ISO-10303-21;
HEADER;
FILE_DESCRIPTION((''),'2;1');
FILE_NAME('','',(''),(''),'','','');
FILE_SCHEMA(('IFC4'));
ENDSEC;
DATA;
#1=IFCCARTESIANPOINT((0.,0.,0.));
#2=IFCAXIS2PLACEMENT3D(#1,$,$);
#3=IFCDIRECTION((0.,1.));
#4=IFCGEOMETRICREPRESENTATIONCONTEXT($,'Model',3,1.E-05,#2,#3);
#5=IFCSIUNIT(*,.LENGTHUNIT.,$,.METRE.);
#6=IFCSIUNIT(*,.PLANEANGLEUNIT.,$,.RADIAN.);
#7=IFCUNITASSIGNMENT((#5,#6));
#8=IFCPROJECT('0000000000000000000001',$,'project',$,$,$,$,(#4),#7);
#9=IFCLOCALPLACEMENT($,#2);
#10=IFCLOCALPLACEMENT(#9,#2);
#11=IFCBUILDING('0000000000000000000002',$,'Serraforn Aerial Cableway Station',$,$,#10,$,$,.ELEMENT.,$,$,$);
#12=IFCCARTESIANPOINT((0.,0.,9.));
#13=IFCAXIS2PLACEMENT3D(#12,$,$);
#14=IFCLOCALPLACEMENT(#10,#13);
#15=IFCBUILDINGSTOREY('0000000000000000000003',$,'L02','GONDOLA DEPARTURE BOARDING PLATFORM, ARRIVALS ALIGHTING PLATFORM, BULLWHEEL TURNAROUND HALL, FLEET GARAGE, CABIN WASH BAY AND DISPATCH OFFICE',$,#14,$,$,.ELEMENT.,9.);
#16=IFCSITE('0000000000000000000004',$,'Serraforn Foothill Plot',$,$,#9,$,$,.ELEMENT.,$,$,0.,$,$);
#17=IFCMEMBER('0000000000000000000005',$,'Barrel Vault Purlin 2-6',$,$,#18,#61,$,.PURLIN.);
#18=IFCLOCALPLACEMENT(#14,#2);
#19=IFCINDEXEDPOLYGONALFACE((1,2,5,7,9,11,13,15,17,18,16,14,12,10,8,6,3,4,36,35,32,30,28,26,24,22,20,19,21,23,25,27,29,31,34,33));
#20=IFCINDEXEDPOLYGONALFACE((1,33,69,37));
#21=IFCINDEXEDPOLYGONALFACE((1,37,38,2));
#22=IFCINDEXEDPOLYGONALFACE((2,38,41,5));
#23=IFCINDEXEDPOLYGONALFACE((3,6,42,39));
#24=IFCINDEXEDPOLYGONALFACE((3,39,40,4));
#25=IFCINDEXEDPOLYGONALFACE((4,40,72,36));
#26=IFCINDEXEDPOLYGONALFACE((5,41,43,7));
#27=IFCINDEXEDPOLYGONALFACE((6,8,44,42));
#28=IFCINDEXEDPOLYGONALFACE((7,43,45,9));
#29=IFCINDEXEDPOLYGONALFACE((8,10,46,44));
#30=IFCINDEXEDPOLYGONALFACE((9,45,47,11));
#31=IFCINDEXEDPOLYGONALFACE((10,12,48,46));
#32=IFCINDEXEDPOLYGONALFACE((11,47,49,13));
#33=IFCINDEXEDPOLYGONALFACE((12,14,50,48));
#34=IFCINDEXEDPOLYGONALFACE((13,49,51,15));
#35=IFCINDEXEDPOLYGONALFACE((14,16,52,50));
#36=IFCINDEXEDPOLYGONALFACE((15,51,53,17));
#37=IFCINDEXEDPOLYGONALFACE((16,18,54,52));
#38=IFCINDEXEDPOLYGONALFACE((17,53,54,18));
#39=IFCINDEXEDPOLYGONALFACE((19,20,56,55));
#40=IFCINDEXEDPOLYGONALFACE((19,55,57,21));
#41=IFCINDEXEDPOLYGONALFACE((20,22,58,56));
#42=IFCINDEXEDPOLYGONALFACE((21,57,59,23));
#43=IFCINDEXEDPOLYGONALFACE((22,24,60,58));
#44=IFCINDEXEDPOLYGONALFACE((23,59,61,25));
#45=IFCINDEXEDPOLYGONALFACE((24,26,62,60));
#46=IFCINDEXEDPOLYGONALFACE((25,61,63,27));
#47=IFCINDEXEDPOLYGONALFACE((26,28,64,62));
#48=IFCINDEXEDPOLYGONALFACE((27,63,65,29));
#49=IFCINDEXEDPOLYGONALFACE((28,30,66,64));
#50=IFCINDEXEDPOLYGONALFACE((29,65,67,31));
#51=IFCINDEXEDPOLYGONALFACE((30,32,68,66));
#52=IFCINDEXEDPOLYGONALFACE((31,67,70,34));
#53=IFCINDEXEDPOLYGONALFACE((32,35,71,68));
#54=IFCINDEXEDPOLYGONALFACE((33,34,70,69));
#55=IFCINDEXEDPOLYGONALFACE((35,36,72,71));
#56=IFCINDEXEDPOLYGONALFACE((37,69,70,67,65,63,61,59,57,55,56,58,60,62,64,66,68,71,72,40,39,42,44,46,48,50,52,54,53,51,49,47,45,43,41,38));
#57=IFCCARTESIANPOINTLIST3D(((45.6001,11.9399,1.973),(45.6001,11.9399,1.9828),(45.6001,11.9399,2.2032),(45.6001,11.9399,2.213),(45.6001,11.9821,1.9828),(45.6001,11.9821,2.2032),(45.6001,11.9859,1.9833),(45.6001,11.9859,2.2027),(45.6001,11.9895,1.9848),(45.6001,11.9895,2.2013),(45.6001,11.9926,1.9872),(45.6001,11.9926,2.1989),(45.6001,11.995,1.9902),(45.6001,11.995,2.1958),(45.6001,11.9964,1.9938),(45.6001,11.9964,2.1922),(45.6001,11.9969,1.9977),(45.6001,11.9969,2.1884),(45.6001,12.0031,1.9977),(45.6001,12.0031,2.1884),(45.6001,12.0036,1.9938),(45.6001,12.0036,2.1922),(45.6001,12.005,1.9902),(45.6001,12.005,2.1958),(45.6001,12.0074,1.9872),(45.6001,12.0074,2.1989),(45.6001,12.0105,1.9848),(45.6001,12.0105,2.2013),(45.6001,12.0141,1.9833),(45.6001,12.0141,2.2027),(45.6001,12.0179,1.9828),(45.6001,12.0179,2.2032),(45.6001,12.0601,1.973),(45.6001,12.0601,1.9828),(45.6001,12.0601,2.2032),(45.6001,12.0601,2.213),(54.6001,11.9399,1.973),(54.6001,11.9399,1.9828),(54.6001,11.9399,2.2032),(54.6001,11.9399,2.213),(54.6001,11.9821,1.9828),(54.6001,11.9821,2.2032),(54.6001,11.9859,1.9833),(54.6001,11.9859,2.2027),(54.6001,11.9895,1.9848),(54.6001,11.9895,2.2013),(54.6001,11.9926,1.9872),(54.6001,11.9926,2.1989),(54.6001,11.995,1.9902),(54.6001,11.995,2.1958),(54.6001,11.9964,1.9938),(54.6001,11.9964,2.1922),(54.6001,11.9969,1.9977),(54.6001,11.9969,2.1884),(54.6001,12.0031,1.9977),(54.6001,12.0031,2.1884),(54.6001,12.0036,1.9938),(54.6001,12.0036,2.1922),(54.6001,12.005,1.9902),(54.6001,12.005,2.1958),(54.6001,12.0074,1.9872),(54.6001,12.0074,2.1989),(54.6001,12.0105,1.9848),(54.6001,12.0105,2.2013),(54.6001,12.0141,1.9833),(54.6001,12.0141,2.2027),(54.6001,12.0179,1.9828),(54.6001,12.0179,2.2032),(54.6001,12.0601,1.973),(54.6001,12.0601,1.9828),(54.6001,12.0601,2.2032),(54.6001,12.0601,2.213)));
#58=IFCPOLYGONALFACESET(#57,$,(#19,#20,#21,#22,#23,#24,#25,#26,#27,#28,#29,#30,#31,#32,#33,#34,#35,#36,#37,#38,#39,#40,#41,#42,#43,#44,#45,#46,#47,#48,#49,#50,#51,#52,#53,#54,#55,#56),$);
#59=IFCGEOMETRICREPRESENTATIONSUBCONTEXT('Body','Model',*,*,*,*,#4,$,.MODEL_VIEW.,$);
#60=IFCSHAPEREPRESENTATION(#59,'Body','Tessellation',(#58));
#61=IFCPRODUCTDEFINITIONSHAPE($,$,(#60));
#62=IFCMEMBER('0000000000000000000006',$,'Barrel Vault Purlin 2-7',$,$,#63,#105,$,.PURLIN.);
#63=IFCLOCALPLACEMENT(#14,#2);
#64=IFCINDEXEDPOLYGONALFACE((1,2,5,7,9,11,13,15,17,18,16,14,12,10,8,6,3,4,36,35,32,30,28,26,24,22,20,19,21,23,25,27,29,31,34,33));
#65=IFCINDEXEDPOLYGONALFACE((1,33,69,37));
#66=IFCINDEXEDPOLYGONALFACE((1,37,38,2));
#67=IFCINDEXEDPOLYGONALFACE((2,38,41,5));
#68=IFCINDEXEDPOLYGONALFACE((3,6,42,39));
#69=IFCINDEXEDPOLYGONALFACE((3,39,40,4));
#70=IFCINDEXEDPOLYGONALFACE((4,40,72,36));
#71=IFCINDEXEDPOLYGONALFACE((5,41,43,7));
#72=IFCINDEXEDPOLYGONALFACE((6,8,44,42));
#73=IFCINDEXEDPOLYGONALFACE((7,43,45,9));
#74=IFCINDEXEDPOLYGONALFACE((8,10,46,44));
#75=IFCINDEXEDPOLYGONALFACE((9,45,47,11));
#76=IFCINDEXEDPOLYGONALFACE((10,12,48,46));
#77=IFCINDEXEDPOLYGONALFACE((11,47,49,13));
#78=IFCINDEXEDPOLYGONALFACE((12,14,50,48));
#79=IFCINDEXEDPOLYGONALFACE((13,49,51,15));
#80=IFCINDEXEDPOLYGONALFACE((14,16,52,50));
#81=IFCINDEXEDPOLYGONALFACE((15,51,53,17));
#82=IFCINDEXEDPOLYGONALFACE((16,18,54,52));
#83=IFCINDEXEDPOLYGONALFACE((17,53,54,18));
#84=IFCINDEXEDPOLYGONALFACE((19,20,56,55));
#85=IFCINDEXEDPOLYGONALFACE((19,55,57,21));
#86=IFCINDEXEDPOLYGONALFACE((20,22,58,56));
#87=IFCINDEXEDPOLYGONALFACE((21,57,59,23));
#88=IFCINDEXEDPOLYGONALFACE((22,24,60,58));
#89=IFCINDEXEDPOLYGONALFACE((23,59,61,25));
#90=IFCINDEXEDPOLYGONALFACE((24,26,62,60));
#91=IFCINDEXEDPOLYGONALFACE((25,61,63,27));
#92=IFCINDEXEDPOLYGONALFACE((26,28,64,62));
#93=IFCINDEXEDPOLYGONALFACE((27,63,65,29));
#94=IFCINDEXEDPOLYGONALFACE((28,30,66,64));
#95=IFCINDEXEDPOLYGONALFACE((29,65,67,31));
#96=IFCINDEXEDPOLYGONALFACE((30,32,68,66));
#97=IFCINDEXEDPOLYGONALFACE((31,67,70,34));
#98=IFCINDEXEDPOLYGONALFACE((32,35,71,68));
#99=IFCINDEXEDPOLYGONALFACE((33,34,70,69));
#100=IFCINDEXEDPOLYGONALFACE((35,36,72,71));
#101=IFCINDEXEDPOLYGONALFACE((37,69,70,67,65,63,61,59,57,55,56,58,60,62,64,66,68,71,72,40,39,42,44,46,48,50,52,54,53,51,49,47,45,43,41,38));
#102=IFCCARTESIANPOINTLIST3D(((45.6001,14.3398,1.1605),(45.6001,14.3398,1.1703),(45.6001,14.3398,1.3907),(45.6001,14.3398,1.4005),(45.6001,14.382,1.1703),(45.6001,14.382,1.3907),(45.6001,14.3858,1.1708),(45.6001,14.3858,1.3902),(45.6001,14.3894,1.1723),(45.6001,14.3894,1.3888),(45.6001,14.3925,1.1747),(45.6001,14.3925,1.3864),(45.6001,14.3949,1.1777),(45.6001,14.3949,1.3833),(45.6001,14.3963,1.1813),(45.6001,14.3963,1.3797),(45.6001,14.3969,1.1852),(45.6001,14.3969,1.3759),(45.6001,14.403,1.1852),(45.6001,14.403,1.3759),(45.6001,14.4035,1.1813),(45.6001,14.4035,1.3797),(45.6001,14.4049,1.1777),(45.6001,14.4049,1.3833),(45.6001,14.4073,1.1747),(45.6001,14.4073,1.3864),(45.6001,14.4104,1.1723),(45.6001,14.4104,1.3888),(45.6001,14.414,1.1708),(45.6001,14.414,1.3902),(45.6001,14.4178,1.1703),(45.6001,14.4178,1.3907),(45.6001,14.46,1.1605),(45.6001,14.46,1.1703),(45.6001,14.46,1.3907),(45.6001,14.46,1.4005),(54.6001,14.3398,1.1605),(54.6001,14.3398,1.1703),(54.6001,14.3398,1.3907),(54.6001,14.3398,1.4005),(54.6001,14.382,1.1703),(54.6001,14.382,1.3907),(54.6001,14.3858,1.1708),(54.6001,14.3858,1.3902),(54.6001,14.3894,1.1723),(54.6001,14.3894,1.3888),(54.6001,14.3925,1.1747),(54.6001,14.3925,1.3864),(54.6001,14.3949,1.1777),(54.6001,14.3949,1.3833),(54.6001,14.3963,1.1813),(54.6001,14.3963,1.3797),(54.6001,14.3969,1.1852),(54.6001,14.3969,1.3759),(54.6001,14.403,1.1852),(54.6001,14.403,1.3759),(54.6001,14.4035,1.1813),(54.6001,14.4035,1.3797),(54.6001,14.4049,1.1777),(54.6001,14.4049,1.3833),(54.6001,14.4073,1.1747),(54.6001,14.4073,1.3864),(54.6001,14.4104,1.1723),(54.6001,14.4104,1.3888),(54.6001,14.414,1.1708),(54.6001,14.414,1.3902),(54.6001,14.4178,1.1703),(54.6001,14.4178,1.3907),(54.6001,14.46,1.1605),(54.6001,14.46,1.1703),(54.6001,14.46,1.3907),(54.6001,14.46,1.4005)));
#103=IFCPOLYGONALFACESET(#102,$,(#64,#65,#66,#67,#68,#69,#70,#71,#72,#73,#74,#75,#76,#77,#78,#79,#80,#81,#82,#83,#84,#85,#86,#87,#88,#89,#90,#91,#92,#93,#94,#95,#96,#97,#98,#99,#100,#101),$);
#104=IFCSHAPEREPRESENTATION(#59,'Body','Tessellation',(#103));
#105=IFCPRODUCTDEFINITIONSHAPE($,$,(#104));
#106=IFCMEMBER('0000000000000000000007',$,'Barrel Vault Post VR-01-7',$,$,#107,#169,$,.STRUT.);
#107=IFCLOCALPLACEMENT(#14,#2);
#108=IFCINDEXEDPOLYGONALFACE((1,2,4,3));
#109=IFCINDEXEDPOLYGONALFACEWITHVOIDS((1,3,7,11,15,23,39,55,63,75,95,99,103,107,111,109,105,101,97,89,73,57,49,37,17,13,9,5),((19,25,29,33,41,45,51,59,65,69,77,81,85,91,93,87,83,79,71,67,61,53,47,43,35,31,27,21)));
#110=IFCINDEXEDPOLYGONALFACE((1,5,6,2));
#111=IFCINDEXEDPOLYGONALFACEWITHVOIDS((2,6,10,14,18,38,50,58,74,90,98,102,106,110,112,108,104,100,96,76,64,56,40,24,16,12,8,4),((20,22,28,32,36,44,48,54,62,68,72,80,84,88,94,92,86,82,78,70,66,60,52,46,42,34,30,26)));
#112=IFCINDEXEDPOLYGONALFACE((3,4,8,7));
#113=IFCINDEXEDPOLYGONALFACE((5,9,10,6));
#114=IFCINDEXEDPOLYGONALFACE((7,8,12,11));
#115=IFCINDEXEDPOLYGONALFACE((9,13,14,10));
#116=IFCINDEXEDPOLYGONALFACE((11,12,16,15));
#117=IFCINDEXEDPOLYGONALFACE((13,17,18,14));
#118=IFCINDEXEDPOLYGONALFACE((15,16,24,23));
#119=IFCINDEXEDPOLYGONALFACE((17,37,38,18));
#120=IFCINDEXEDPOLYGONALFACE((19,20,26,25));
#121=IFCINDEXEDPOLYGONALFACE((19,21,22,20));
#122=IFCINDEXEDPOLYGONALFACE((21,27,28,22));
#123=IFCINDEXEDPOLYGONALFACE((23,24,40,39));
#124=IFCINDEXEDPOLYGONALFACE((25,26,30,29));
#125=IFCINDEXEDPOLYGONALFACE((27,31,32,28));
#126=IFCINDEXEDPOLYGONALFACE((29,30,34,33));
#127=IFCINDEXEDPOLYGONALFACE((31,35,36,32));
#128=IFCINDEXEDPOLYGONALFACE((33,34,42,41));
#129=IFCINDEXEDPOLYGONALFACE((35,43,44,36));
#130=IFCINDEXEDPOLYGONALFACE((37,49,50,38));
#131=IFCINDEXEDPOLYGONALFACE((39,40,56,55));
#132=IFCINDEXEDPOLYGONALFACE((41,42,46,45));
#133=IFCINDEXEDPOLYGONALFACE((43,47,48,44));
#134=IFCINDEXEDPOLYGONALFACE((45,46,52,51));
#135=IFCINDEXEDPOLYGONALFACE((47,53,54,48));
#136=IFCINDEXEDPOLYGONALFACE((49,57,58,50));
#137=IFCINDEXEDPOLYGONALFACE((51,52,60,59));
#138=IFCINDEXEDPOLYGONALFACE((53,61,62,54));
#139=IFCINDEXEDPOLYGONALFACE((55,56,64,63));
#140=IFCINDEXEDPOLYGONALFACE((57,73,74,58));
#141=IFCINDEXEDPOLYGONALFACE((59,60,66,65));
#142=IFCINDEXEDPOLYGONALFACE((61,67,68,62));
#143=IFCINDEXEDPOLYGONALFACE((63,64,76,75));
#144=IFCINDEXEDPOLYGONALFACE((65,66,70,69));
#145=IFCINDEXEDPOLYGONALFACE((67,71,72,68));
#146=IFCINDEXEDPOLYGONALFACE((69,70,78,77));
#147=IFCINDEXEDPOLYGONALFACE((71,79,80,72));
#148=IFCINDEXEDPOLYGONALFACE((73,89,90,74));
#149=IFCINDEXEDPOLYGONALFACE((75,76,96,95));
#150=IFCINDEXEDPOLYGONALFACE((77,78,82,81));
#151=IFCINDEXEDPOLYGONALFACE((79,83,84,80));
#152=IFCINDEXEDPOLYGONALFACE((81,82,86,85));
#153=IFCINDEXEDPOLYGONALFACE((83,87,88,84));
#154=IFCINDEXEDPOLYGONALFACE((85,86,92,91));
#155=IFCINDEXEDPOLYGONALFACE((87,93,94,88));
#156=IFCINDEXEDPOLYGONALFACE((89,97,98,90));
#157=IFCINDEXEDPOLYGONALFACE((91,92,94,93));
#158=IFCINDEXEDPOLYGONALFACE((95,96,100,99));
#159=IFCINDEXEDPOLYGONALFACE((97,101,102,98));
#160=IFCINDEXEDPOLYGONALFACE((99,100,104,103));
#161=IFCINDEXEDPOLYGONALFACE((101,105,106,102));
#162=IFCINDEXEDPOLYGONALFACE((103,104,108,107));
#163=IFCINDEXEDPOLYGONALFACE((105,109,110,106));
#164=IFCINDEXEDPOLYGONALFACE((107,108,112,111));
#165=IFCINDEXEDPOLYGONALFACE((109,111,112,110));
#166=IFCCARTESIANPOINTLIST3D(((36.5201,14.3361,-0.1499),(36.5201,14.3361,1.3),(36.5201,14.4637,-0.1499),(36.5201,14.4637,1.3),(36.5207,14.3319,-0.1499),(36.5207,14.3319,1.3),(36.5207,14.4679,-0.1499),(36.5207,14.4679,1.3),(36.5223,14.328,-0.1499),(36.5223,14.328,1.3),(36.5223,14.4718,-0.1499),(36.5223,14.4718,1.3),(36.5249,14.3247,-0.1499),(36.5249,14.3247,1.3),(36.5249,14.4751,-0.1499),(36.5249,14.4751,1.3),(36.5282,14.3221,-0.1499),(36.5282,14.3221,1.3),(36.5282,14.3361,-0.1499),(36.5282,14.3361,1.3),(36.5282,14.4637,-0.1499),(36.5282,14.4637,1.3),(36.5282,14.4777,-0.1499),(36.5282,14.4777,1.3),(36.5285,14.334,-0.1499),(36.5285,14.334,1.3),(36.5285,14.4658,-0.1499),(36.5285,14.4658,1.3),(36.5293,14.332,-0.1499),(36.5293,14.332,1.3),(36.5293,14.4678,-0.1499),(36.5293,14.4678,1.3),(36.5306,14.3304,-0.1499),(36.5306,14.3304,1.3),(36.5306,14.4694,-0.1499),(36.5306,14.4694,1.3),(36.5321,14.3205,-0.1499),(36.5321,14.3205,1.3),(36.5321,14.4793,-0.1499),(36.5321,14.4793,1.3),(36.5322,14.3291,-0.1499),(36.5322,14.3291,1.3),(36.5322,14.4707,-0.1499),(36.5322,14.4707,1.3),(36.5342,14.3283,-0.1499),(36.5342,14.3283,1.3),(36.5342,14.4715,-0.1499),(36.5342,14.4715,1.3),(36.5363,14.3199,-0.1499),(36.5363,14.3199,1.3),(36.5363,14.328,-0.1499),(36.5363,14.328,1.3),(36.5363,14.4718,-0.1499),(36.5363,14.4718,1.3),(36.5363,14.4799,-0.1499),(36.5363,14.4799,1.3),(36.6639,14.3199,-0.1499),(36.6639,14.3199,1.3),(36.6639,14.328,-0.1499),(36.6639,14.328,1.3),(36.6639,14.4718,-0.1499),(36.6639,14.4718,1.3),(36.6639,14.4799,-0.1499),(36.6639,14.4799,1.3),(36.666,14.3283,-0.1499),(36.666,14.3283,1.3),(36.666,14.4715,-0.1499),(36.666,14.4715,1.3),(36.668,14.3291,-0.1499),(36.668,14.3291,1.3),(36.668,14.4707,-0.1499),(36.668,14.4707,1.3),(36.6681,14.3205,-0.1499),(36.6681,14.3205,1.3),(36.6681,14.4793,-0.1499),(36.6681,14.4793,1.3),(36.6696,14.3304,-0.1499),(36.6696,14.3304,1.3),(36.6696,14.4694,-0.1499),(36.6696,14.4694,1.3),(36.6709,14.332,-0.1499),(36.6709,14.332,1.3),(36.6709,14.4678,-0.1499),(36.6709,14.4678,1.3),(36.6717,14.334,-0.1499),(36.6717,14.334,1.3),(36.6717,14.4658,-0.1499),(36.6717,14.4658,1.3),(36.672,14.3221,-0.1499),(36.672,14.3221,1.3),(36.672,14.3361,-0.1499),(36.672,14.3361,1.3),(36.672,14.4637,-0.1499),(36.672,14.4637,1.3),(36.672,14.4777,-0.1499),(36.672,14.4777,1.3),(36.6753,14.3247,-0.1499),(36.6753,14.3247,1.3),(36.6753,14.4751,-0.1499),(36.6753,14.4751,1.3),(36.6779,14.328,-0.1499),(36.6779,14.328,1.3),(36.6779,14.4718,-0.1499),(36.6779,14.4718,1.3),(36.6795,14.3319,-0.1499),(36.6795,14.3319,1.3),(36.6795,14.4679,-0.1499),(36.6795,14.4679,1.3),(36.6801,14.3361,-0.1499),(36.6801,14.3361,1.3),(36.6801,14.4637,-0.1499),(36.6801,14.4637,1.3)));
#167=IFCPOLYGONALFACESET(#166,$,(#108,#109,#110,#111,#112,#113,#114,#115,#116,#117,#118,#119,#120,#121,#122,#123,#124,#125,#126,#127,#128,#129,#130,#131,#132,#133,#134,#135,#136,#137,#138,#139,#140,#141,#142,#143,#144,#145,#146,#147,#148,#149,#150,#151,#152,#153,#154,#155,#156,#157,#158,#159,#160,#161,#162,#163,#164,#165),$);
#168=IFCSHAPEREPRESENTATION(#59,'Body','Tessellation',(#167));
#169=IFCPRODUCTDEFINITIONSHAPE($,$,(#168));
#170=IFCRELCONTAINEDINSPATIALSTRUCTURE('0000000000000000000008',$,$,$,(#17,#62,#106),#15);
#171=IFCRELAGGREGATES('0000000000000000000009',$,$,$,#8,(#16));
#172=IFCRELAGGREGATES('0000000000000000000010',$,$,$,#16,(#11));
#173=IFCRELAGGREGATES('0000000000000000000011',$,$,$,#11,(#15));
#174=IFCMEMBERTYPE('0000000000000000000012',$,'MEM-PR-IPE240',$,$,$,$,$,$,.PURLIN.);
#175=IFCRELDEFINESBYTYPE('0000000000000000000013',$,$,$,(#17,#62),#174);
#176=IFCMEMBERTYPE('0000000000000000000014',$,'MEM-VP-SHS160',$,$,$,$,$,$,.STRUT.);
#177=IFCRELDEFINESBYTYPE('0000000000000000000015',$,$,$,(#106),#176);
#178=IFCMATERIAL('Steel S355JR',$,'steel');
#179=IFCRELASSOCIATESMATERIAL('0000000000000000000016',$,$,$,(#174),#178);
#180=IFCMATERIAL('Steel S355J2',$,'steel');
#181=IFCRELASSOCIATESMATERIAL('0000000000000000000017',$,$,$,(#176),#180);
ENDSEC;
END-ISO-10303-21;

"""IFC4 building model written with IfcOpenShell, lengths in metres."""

from ifc_helpers import new_model, si_unit, direction, frame, origin, origin_2d, place, context, subcontext, project, spatial, hollow_rectangle, i_section, extrude, material, material_profile, profile_set, type_object, element, save


model = new_model("IFC4")

# Units and contexts
model_context = context("Model", 3, precision=1e-05, world=origin(), true_north=direction((0.0, 1.0)))
body_context = subcontext(model_context, "Body", "Model", "MODEL_VIEW")
ifc_project = project(units=[si_unit("LENGTHUNIT", "METRE"), si_unit("PLANEANGLEUNIT", "RADIAN")], contexts=[model_context])

# Site, building, storey
site_placement = place(None, origin())
site = spatial("IfcSite", under=ifc_project, at=site_placement, Name="Serraforn Foothill Plot", CompositionType="ELEMENT", RefElevation=0.0)
building_placement = place(site_placement, origin())
building = spatial("IfcBuilding", under=site, at=building_placement, Name="Serraforn Aerial Cableway Station", CompositionType="ELEMENT")
storey_placement = place(building_placement, frame((0.0, 0.0, 9.0)))
storey = spatial("IfcBuildingStorey", under=building, at=storey_placement, Name="L02", Description="GONDOLA DEPARTURE BOARDING PLATFORM, ARRIVALS ALIGHTING PLATFORM, BULLWHEEL TURNAROUND HALL, FLEET GARAGE, CABIN WASH BAY AND DISPATCH OFFICE", CompositionType="ELEMENT", Elevation=9.0)

# Shared definitions
ifc_material_1 = material(Name="Steel S355J2", Category="steel")

# Shared definitions
ifc_material_2 = material(Name="Steel S355JR", Category="steel")

# Members
ifc_material_profile_1 = material_profile(ifc_material_2, i_section(OverallWidth=0.1201, OverallDepth=0.24, WebThickness=0.0061, FlangeThickness=0.0098, FilletRadius=0.0149, at=origin_2d()), Name="IPE 240")
ifc_profile_set_1 = profile_set([ifc_material_profile_1], Name="Steel S355JR")
member_type_1 = type_object("IfcMemberType", Name="MEM-PR-IPE240", PredefinedType="PURLIN", material=ifc_profile_set_1)
for number, where, z_axis, x_axis, name in (
    (1, (45.6001, 12.0, 2.093), (1.0, 0.0, 0.0), (0.0, 1.0, 0.0), "Barrel Vault Purlin 2-6"),
    (2, (45.6001, 14.3999, 1.2805), (1.0, 0.0, 0.0), (0.0, 1.0, 0.0), "Barrel Vault Purlin 2-7"),
):
    element("IfcMember", number, at=place(storey_placement, frame(where, z_axis=z_axis, x_axis=x_axis)), inside=storey, type_object=member_type_1, Name=name, PredefinedType="PURLIN", context=body_context, shape_type="SweptSolid", body=[
        extrude(i_section(OverallWidth=0.1201, OverallDepth=0.24, WebThickness=0.0061, FlangeThickness=0.0098, FilletRadius=0.0149, at=origin_2d()), origin(), (0.0, 0.0, 1.0), 9.0),
    ])
ifc_material_profile_2 = material_profile(ifc_material_1, hollow_rectangle(XDim=0.1599, YDim=0.1599, WallThickness=0.0081, InnerFilletRadius=0.0081, OuterFilletRadius=0.0161, at=origin_2d()), Name="SHS 160x160x8.0")
ifc_profile_set_2 = profile_set([ifc_material_profile_2], Name="Steel S355J2")
member_type_2 = type_object("IfcMemberType", Name="MEM-VP-SHS160", PredefinedType="STRUT", material=ifc_profile_set_2)
for number, where, z_axis, x_axis, name in (
    (3, (36.6001, 14.3999, -0.1499), (0.0, 0.0, 1.0), (1.0, 0.0, 0.0), "Barrel Vault Post VR-01-7"),
):
    element("IfcMember", number, at=place(storey_placement, frame(where, z_axis=z_axis, x_axis=x_axis)), inside=storey, type_object=member_type_2, Name=name, PredefinedType="STRUT", context=body_context, shape_type="SweptSolid", body=[
        extrude(hollow_rectangle(XDim=0.1599, YDim=0.1599, WallThickness=0.0081, InnerFilletRadius=0.0081, OuterFilletRadius=0.0161, at=origin_2d()), origin(), (0.0, 0.0, 1.0), 1.45),
    ])

save(model, "model.ifc")
